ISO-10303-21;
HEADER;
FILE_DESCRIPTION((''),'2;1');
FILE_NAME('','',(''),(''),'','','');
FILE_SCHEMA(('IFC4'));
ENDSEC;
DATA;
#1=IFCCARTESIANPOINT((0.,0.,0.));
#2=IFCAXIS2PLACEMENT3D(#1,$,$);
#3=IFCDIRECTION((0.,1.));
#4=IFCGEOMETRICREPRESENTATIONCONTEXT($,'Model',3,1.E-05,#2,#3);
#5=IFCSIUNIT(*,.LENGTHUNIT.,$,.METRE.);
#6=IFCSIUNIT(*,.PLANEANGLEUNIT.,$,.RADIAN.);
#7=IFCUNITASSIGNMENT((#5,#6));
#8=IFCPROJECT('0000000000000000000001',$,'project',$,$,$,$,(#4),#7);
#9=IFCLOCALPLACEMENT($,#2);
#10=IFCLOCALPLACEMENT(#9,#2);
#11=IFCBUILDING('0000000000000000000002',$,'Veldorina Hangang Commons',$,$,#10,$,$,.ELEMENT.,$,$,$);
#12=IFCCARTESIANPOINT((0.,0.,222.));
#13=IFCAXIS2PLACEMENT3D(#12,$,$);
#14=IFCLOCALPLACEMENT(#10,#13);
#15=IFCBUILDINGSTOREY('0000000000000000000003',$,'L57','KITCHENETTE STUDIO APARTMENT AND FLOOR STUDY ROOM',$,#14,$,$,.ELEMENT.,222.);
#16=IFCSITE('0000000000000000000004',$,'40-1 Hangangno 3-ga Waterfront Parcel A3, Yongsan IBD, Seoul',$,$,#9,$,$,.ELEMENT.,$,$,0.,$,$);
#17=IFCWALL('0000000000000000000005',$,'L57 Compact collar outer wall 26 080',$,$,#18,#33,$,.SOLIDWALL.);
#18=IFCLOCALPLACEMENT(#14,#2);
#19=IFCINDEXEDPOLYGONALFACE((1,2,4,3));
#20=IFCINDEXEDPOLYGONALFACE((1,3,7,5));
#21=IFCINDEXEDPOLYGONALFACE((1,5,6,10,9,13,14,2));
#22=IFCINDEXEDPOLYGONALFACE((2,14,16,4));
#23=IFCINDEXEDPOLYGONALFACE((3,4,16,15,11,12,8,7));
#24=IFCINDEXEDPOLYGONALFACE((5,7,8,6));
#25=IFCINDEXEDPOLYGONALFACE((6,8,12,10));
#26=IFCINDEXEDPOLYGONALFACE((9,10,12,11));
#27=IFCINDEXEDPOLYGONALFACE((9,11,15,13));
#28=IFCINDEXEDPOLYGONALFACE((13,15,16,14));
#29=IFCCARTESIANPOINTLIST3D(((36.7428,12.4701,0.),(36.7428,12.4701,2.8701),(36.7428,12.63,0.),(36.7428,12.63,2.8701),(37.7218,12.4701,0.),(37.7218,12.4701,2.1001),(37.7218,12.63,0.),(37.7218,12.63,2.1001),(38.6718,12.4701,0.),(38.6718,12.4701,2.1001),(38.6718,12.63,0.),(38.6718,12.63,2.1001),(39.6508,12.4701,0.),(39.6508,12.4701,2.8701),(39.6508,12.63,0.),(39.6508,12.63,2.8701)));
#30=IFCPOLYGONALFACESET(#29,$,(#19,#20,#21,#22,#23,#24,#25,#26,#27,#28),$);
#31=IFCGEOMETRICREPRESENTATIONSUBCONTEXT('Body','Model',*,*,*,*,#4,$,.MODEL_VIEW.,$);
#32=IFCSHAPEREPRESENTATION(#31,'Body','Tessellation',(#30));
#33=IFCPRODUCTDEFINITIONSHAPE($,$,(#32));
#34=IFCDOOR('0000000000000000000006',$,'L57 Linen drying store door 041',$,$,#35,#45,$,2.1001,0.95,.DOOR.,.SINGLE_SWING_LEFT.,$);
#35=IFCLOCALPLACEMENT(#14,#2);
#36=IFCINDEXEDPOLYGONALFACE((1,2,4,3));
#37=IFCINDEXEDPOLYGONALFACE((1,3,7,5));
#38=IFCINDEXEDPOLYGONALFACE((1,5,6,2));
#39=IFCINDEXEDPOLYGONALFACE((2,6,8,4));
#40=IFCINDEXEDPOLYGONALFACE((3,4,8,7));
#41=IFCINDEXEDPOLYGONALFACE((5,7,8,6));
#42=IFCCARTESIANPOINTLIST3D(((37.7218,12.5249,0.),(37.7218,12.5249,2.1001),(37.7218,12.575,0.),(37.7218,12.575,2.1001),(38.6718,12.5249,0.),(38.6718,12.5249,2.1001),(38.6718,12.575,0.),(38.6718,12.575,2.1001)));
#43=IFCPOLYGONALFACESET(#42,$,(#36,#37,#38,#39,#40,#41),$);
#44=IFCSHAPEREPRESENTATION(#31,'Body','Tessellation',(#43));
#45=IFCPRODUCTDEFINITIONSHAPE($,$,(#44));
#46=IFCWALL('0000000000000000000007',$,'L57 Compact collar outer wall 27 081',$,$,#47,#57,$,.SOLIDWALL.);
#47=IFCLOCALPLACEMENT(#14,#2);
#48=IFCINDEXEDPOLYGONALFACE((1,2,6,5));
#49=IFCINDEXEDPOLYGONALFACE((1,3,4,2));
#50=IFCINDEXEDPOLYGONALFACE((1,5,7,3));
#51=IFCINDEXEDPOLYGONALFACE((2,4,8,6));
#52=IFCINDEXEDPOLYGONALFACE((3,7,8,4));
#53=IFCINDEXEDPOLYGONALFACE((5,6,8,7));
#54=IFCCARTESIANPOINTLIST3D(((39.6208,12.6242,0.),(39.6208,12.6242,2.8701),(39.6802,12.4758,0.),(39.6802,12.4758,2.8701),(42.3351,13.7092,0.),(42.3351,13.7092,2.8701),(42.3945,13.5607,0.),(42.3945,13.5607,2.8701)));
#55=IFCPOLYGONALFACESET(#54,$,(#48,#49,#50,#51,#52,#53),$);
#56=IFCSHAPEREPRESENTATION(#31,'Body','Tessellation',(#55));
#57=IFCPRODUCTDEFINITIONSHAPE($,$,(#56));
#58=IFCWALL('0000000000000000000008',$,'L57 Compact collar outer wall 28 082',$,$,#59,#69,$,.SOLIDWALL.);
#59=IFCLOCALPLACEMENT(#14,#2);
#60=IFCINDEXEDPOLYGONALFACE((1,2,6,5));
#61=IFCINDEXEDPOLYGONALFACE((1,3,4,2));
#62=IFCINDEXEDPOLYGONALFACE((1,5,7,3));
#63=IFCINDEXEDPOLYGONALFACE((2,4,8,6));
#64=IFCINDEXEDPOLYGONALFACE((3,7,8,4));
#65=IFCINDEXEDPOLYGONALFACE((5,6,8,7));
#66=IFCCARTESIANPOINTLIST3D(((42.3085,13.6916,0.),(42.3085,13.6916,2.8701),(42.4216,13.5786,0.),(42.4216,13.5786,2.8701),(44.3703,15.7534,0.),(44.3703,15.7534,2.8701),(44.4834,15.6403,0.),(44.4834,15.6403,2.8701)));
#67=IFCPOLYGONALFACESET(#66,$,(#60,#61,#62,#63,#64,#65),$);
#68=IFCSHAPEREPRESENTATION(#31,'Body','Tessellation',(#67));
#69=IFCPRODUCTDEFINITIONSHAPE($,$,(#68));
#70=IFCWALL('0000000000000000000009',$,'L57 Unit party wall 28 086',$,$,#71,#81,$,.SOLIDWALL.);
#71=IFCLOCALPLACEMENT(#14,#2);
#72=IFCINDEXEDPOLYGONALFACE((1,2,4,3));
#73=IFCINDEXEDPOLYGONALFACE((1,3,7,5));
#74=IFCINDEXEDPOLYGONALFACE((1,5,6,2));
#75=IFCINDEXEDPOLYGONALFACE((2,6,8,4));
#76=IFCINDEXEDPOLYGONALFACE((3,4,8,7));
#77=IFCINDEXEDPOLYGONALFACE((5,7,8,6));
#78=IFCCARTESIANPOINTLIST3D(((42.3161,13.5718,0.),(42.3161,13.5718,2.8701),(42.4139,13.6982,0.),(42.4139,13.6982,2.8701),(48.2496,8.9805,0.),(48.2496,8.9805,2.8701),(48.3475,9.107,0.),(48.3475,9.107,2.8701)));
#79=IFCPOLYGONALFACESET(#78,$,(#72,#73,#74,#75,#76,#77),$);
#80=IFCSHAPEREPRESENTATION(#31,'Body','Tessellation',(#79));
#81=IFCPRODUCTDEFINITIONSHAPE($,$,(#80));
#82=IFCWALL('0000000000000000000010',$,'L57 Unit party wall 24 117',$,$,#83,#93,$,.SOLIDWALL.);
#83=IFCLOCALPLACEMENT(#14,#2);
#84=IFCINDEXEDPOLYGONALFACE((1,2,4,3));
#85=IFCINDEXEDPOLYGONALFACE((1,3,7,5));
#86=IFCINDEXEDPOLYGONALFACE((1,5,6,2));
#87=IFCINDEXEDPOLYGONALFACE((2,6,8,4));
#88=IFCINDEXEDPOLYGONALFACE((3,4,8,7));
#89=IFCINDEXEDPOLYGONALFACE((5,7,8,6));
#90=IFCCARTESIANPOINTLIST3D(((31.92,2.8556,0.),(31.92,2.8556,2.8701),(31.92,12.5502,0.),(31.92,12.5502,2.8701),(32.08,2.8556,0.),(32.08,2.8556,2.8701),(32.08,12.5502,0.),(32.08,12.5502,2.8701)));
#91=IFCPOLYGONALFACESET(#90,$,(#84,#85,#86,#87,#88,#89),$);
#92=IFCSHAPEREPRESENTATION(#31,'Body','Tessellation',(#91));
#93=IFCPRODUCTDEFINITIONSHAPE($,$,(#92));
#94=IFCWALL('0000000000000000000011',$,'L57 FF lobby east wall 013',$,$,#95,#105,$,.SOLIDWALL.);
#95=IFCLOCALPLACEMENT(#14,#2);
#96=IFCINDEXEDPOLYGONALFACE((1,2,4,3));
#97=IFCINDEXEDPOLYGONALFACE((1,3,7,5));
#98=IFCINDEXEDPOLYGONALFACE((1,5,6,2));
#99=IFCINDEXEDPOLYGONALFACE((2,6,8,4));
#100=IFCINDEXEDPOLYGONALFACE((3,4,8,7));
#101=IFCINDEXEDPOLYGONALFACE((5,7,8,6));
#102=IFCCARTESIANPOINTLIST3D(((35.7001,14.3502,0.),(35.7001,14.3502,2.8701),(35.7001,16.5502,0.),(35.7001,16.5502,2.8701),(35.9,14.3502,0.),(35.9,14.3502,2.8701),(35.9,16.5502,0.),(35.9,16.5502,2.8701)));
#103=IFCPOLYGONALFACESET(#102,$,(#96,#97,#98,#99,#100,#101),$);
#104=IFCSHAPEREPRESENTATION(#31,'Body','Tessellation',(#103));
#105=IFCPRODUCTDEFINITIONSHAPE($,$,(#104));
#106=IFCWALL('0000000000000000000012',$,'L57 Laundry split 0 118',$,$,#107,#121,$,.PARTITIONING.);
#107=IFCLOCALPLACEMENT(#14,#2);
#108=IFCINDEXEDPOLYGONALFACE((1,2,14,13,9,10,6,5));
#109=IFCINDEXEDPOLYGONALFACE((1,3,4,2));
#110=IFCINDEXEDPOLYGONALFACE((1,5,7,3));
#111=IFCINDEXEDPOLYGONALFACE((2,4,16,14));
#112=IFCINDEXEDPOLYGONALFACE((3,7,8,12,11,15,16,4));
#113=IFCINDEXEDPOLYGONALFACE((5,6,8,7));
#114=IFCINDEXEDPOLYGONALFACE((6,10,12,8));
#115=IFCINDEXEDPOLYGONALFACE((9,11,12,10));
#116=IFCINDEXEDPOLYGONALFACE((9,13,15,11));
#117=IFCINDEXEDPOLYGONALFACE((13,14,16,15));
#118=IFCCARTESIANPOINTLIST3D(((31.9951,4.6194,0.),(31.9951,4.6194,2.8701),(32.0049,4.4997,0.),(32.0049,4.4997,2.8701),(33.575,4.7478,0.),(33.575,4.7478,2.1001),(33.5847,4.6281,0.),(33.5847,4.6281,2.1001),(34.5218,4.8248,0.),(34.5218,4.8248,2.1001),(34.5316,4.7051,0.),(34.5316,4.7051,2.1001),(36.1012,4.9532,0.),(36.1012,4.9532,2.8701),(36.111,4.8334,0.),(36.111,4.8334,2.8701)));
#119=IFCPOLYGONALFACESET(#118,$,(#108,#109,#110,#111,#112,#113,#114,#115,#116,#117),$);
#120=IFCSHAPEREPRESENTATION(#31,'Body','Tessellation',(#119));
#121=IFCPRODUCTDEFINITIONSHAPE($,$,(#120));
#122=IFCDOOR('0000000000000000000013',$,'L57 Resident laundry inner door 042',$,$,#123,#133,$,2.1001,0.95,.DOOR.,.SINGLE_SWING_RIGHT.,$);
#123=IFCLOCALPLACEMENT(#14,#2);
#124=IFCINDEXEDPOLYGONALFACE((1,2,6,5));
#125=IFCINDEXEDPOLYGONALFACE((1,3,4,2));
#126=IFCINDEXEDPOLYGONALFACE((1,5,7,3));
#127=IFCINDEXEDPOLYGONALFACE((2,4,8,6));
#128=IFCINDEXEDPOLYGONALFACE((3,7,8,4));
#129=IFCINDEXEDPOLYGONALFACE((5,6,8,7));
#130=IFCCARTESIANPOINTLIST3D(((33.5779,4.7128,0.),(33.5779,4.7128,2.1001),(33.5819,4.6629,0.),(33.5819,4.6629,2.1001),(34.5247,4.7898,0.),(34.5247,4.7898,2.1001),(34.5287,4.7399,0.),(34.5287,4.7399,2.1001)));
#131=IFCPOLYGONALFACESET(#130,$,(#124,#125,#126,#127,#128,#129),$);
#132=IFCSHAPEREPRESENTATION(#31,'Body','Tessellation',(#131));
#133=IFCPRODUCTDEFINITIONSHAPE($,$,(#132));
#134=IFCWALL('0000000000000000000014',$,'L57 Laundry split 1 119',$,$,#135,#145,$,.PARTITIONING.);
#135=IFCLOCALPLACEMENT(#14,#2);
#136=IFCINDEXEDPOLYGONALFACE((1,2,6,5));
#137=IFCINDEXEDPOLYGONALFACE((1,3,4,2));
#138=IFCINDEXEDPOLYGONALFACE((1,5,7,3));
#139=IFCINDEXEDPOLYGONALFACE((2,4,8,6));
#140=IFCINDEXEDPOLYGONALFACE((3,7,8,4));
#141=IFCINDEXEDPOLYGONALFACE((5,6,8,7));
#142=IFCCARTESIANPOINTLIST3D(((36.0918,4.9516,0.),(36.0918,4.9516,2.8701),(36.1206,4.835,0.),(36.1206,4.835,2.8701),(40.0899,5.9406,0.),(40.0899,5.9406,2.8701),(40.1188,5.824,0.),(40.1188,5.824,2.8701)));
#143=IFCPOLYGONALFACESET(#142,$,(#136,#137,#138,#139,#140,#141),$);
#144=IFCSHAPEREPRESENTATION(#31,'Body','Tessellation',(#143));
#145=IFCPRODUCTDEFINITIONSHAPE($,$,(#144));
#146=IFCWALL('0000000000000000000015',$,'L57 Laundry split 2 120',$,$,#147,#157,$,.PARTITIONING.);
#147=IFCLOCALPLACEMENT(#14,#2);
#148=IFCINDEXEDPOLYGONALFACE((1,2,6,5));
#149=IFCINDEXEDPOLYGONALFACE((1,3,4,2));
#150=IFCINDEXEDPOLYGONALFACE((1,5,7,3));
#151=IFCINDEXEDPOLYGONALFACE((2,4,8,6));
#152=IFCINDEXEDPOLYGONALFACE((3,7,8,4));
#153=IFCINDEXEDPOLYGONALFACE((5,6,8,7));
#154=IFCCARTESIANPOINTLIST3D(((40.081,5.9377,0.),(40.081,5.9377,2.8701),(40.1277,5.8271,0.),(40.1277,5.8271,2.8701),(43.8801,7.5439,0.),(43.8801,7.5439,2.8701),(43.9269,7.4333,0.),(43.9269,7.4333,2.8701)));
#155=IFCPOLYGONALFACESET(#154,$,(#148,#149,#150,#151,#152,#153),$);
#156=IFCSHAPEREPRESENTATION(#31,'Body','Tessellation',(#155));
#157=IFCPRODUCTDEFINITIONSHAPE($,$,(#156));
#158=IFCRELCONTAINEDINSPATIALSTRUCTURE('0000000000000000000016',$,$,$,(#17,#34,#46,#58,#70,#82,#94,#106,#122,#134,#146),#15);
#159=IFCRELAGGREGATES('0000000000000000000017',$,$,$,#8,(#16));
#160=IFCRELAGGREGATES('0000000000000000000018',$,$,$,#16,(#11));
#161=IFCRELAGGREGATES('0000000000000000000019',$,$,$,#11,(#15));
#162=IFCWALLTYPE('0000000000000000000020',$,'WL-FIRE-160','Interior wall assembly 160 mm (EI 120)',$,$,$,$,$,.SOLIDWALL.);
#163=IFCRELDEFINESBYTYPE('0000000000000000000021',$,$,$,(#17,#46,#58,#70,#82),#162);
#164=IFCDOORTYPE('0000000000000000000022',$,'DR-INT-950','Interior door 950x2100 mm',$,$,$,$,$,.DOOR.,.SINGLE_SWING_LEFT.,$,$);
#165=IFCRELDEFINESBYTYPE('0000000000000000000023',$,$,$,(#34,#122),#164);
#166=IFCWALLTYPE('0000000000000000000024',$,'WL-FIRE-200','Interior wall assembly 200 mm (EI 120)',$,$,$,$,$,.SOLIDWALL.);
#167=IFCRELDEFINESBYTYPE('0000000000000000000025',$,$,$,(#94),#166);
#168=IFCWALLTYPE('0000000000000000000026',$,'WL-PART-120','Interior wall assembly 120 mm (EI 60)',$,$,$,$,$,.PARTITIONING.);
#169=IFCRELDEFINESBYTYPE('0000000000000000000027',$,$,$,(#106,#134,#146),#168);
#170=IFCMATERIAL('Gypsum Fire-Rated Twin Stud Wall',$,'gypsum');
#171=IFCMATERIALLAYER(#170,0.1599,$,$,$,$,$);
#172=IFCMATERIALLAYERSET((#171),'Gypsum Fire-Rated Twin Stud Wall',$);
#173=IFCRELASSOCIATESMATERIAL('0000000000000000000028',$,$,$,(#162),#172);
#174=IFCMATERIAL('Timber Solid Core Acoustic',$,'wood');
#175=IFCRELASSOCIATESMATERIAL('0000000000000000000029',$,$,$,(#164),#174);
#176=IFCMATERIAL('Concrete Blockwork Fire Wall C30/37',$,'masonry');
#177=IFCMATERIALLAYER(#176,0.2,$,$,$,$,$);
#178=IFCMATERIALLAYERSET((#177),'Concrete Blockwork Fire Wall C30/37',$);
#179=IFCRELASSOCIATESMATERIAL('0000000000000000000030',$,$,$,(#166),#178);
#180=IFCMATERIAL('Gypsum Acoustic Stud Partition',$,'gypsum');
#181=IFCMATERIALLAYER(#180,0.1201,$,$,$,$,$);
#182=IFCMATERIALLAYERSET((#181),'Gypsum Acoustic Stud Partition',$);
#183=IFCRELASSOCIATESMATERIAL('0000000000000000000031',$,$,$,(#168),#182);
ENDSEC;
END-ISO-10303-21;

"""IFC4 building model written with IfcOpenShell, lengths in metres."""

from ifc_helpers import new_model, si_unit, direction, frame, frame_2d, origin, place, context, subcontext, project, spatial, rectangle, extrude, material, layer, layer_set, type_object, element, fill, save


model = new_model("IFC4")

# Units and contexts
model_context = context("Model", 3, precision=1e-05, world=origin(), true_north=direction((0.0, 1.0)))
body_context = subcontext(model_context, "Body", "Model", "MODEL_VIEW")
ifc_project = project(units=[si_unit("LENGTHUNIT", "METRE"), si_unit("PLANEANGLEUNIT", "RADIAN")], contexts=[model_context])

# Site, building, storey
site_placement = place(None, origin())
site = spatial("IfcSite", under=ifc_project, at=site_placement, Name="40-1 Hangangno 3-ga Waterfront Parcel A3, Yongsan IBD, Seoul", CompositionType="ELEMENT", RefElevation=0.0)
building_placement = place(site_placement, origin())
building = spatial("IfcBuilding", under=site, at=building_placement, Name="Veldorina Hangang Commons", CompositionType="ELEMENT")
storey_placement = place(building_placement, frame((0.0, 0.0, 222.0)))
storey = spatial("IfcBuildingStorey", under=building, at=storey_placement, Name="L57", Description="KITCHENETTE STUDIO APARTMENT AND FLOOR STUDY ROOM", CompositionType="ELEMENT", Elevation=222.0)

# Shared definitions
ifc_material_1 = material(Name="Gypsum Fire-Rated Twin Stud Wall", Category="gypsum")
ifc_layer_1 = layer(ifc_material_1, 0.1599)
ifc_layer_set_1 = layer_set([ifc_layer_1], Name="Gypsum Fire-Rated Twin Stud Wall")
wall_type_1 = type_object("IfcWallType", Name="WL-FIRE-160", Description="Interior wall assembly 160 mm (EI 120)", PredefinedType="SOLIDWALL", material=ifc_layer_set_1)

# Wall, opening, door
wall_1_placement = place(storey_placement, frame((36.7427, 12.55, 0.0), z_axis=(0.0, 0.0, 1.0), x_axis=(1.0, 0.0, 0.0)))
wall_1 = element("IfcWall", 1, at=wall_1_placement, inside=storey, type_object=wall_type_1, Name="L57 Compact collar outer wall 26 080", PredefinedType="SOLIDWALL", context=body_context, shape_type="SweptSolid", body=[
    extrude(rectangle(XDim=2.908, YDim=0.1599, at=frame_2d((1.4541, 0.0))), origin(), (0.0, 0.0, 1.0), 2.8701),
])
opening_1_placement = place(wall_1_placement, frame((0.979, 0.0, 0.0)))
opening_1 = element("IfcOpeningElement", 2, at=opening_1_placement, cuts=wall_1, PredefinedType="OPENING", context=body_context, shape_type="SweptSolid", body=[
    extrude(rectangle(XDim=0.95, YDim=2.1001, at=frame_2d((0.4751, 1.05))), frame((0.0, 0.0898, 0.0), z_axis=(0.0, -1.0, 0.0), x_axis=(1.0, 0.0, 0.0)), (0.0, 0.0, 1.0), 0.1799),
])
ifc_material_2 = material(Name="Timber Solid Core Acoustic", Category="wood")
door_type_1 = type_object("IfcDoorType", Name="DR-INT-950", Description="Interior door 950x2100 mm", OperationType="SINGLE_SWING_LEFT", PredefinedType="DOOR", material=ifc_material_2)
door_1_placement = place(opening_1_placement, origin())
door_1 = element("IfcDoor", 3, at=door_1_placement, inside=storey, type_object=door_type_1, Name="L57 Linen drying store door 041", OperationType="SINGLE_SWING_LEFT", OverallHeight=2.1001, OverallWidth=0.95, PredefinedType="DOOR", context=body_context, shape_type="SweptSolid", body=[
    extrude(rectangle(XDim=0.95, YDim=2.1001, at=frame_2d((0.4751, 1.05))), frame((0.0, 0.0249, 0.0), z_axis=(0.0, -1.0, 0.0), x_axis=(1.0, 0.0, 0.0)), (0.0, 0.0, 1.0), 0.05),
])
fill(opening_1, door_1)

# Walls
wall_2_placement = place(storey_placement, frame((39.6506, 12.55, 0.0), z_axis=(0.0, 0.0, 1.0), x_axis=(0.928569, 0.37116, 0.0)))
element("IfcWall", 4, at=wall_2_placement, inside=storey, type_object=wall_type_1, Name="L57 Compact collar outer wall 27 081", PredefinedType="SOLIDWALL", context=body_context, shape_type="SweptSolid", body=[
    extrude(rectangle(XDim=2.9231, YDim=0.1599, at=frame_2d((1.4614, 0.0))), origin(), (0.0, 0.0, 1.0), 2.8701),
])
wall_3_placement = place(storey_placement, frame((42.365, 13.635, 0.0), z_axis=(0.0, 0.0, 1.0), x_axis=(0.707107, 0.707107, 0.0)))
element("IfcWall", 5, at=wall_3_placement, inside=storey, type_object=wall_type_1, Name="L57 Compact collar outer wall 28 082", PredefinedType="SOLIDWALL", context=body_context, shape_type="SweptSolid", body=[
    extrude(rectangle(XDim=2.9158, YDim=0.1599, at=frame_2d((1.458, 0.0))), origin(), (0.0, 0.0, 1.0), 2.8701),
])
wall_4_placement = place(storey_placement, frame((42.365, 13.635, 0.0), z_axis=(0.0, 0.0, 1.0), x_axis=(0.790881, -0.61197, 0.0)))
element("IfcWall", 6, at=wall_4_placement, inside=storey, type_object=wall_type_1, Name="L57 Unit party wall 28 086", PredefinedType="SOLIDWALL", context=body_context, shape_type="SweptSolid", body=[
    extrude(rectangle(XDim=7.5024, YDim=0.1599, at=frame_2d((3.7512, 0.0))), origin(), (0.0, 0.0, 1.0), 2.8701),
])
wall_5_placement = place(storey_placement, frame((32.0, 12.55, 0.0), z_axis=(0.0, 0.0, 1.0), x_axis=(0.0, -1.0, 0.0)))
element("IfcWall", 7, at=wall_5_placement, inside=storey, type_object=wall_type_1, Name="L57 Unit party wall 24 117", PredefinedType="SOLIDWALL", context=body_context, shape_type="SweptSolid", body=[
    extrude(rectangle(XDim=9.6946, YDim=0.1599, at=frame_2d((4.8472, 0.0))), origin(), (0.0, 0.0, 1.0), 2.8701),
])
ifc_material_3 = material(Name="Concrete Blockwork Fire Wall C30/37", Category="masonry")
ifc_layer_2 = layer(ifc_material_3, 0.2)
ifc_layer_set_2 = layer_set([ifc_layer_2], Name="Concrete Blockwork Fire Wall C30/37")
wall_type_2 = type_object("IfcWallType", Name="WL-FIRE-200", Description="Interior wall assembly 200 mm (EI 120)", PredefinedType="SOLIDWALL", material=ifc_layer_set_2)
wall_6_placement = place(storey_placement, frame((35.8, 14.3501, 0.0), z_axis=(0.0, 0.0, 1.0), x_axis=(0.0, 1.0, 0.0)))
element("IfcWall", 8, at=wall_6_placement, inside=storey, type_object=wall_type_2, Name="L57 FF lobby east wall 013", PredefinedType="SOLIDWALL", context=body_context, shape_type="SweptSolid", body=[
    extrude(rectangle(XDim=2.2, YDim=0.2, at=frame_2d((1.1001, 0.0))), origin(), (0.0, 0.0, 1.0), 2.8701),
])

# Wall, opening, door
ifc_material_4 = material(Name="Gypsum Acoustic Stud Partition", Category="gypsum")
ifc_layer_3 = layer(ifc_material_4, 0.1201)
ifc_layer_set_3 = layer_set([ifc_layer_3], Name="Gypsum Acoustic Stud Partition")
wall_type_3 = type_object("IfcWallType", Name="WL-PART-120", Description="Interior wall assembly 120 mm (EI 60)", PredefinedType="PARTITIONING", material=ifc_layer_set_3)
wall_7_placement = place(storey_placement, frame((32.0, 4.5596, 0.0), z_axis=(0.0, 0.0, 1.0), x_axis=(0.996713, 0.08101, 0.0)))
wall_7 = element("IfcWall", 9, at=wall_7_placement, inside=storey, type_object=wall_type_3, Name="L57 Laundry split 0 118", PredefinedType="PARTITIONING", context=body_context, shape_type="SweptSolid", body=[
    extrude(rectangle(XDim=4.1196, YDim=0.1201, at=frame_2d((2.0598, 0.0))), origin(), (0.0, 0.0, 1.0), 2.8701),
])
opening_2_placement = place(wall_7_placement, frame((1.585, 0.0, 0.0)))
opening_2 = element("IfcOpeningElement", 10, at=opening_2_placement, cuts=wall_7, PredefinedType="OPENING", context=body_context, shape_type="SweptSolid", body=[
    extrude(rectangle(XDim=0.95, YDim=2.1001, at=frame_2d((0.4751, 1.05))), frame((0.0, 0.0701, 0.0), z_axis=(0.0, -1.0, 0.0), x_axis=(1.0, 0.0, 0.0)), (0.0, 0.0, 1.0), 0.1401),
])
door_2_placement = place(opening_2_placement, origin())
door_2 = element("IfcDoor", 11, at=door_2_placement, inside=storey, type_object=door_type_1, Name="L57 Resident laundry inner door 042", OperationType="SINGLE_SWING_RIGHT", OverallHeight=2.1001, OverallWidth=0.95, PredefinedType="DOOR", context=body_context, shape_type="SweptSolid", body=[
    extrude(rectangle(XDim=0.95, YDim=2.1001, at=frame_2d((0.4751, 1.05))), frame((0.0, 0.0249, 0.0), z_axis=(0.0, -1.0, 0.0), x_axis=(1.0, 0.0, 0.0)), (0.0, 0.0, 1.0), 0.05),
])
fill(opening_2, door_2)

# Walls
wall_8_placement = place(storey_placement, frame((36.1062, 4.8933, 0.0), z_axis=(0.0, 0.0, 1.0), x_axis=(0.970739, 0.240136, 0.0)))
element("IfcWall", 12, at=wall_8_placement, inside=storey, type_object=wall_type_3, Name="L57 Laundry split 1 119", PredefinedType="PARTITIONING", context=body_context, shape_type="SweptSolid", body=[
    extrude(rectangle(XDim=4.1187, YDim=0.1201, at=frame_2d((2.0593, 0.0))), origin(), (0.0, 0.0, 1.0), 2.8701),
])
wall_9_placement = place(storey_placement, frame((40.1042, 5.8823, 0.0), z_axis=(0.0, 0.0, 1.0), x_axis=(0.921063, 0.389414, 0.0)))
element("IfcWall", 13, at=wall_9_placement, inside=storey, type_object=wall_type_3, Name="L57 Laundry split 2 120", PredefinedType="PARTITIONING", context=body_context, shape_type="SweptSolid", body=[
    extrude(rectangle(XDim=4.1248, YDim=0.1201, at=frame_2d((2.0625, 0.0))), origin(), (0.0, 0.0, 1.0), 2.8701),
])

save(model, "model.ifc")
